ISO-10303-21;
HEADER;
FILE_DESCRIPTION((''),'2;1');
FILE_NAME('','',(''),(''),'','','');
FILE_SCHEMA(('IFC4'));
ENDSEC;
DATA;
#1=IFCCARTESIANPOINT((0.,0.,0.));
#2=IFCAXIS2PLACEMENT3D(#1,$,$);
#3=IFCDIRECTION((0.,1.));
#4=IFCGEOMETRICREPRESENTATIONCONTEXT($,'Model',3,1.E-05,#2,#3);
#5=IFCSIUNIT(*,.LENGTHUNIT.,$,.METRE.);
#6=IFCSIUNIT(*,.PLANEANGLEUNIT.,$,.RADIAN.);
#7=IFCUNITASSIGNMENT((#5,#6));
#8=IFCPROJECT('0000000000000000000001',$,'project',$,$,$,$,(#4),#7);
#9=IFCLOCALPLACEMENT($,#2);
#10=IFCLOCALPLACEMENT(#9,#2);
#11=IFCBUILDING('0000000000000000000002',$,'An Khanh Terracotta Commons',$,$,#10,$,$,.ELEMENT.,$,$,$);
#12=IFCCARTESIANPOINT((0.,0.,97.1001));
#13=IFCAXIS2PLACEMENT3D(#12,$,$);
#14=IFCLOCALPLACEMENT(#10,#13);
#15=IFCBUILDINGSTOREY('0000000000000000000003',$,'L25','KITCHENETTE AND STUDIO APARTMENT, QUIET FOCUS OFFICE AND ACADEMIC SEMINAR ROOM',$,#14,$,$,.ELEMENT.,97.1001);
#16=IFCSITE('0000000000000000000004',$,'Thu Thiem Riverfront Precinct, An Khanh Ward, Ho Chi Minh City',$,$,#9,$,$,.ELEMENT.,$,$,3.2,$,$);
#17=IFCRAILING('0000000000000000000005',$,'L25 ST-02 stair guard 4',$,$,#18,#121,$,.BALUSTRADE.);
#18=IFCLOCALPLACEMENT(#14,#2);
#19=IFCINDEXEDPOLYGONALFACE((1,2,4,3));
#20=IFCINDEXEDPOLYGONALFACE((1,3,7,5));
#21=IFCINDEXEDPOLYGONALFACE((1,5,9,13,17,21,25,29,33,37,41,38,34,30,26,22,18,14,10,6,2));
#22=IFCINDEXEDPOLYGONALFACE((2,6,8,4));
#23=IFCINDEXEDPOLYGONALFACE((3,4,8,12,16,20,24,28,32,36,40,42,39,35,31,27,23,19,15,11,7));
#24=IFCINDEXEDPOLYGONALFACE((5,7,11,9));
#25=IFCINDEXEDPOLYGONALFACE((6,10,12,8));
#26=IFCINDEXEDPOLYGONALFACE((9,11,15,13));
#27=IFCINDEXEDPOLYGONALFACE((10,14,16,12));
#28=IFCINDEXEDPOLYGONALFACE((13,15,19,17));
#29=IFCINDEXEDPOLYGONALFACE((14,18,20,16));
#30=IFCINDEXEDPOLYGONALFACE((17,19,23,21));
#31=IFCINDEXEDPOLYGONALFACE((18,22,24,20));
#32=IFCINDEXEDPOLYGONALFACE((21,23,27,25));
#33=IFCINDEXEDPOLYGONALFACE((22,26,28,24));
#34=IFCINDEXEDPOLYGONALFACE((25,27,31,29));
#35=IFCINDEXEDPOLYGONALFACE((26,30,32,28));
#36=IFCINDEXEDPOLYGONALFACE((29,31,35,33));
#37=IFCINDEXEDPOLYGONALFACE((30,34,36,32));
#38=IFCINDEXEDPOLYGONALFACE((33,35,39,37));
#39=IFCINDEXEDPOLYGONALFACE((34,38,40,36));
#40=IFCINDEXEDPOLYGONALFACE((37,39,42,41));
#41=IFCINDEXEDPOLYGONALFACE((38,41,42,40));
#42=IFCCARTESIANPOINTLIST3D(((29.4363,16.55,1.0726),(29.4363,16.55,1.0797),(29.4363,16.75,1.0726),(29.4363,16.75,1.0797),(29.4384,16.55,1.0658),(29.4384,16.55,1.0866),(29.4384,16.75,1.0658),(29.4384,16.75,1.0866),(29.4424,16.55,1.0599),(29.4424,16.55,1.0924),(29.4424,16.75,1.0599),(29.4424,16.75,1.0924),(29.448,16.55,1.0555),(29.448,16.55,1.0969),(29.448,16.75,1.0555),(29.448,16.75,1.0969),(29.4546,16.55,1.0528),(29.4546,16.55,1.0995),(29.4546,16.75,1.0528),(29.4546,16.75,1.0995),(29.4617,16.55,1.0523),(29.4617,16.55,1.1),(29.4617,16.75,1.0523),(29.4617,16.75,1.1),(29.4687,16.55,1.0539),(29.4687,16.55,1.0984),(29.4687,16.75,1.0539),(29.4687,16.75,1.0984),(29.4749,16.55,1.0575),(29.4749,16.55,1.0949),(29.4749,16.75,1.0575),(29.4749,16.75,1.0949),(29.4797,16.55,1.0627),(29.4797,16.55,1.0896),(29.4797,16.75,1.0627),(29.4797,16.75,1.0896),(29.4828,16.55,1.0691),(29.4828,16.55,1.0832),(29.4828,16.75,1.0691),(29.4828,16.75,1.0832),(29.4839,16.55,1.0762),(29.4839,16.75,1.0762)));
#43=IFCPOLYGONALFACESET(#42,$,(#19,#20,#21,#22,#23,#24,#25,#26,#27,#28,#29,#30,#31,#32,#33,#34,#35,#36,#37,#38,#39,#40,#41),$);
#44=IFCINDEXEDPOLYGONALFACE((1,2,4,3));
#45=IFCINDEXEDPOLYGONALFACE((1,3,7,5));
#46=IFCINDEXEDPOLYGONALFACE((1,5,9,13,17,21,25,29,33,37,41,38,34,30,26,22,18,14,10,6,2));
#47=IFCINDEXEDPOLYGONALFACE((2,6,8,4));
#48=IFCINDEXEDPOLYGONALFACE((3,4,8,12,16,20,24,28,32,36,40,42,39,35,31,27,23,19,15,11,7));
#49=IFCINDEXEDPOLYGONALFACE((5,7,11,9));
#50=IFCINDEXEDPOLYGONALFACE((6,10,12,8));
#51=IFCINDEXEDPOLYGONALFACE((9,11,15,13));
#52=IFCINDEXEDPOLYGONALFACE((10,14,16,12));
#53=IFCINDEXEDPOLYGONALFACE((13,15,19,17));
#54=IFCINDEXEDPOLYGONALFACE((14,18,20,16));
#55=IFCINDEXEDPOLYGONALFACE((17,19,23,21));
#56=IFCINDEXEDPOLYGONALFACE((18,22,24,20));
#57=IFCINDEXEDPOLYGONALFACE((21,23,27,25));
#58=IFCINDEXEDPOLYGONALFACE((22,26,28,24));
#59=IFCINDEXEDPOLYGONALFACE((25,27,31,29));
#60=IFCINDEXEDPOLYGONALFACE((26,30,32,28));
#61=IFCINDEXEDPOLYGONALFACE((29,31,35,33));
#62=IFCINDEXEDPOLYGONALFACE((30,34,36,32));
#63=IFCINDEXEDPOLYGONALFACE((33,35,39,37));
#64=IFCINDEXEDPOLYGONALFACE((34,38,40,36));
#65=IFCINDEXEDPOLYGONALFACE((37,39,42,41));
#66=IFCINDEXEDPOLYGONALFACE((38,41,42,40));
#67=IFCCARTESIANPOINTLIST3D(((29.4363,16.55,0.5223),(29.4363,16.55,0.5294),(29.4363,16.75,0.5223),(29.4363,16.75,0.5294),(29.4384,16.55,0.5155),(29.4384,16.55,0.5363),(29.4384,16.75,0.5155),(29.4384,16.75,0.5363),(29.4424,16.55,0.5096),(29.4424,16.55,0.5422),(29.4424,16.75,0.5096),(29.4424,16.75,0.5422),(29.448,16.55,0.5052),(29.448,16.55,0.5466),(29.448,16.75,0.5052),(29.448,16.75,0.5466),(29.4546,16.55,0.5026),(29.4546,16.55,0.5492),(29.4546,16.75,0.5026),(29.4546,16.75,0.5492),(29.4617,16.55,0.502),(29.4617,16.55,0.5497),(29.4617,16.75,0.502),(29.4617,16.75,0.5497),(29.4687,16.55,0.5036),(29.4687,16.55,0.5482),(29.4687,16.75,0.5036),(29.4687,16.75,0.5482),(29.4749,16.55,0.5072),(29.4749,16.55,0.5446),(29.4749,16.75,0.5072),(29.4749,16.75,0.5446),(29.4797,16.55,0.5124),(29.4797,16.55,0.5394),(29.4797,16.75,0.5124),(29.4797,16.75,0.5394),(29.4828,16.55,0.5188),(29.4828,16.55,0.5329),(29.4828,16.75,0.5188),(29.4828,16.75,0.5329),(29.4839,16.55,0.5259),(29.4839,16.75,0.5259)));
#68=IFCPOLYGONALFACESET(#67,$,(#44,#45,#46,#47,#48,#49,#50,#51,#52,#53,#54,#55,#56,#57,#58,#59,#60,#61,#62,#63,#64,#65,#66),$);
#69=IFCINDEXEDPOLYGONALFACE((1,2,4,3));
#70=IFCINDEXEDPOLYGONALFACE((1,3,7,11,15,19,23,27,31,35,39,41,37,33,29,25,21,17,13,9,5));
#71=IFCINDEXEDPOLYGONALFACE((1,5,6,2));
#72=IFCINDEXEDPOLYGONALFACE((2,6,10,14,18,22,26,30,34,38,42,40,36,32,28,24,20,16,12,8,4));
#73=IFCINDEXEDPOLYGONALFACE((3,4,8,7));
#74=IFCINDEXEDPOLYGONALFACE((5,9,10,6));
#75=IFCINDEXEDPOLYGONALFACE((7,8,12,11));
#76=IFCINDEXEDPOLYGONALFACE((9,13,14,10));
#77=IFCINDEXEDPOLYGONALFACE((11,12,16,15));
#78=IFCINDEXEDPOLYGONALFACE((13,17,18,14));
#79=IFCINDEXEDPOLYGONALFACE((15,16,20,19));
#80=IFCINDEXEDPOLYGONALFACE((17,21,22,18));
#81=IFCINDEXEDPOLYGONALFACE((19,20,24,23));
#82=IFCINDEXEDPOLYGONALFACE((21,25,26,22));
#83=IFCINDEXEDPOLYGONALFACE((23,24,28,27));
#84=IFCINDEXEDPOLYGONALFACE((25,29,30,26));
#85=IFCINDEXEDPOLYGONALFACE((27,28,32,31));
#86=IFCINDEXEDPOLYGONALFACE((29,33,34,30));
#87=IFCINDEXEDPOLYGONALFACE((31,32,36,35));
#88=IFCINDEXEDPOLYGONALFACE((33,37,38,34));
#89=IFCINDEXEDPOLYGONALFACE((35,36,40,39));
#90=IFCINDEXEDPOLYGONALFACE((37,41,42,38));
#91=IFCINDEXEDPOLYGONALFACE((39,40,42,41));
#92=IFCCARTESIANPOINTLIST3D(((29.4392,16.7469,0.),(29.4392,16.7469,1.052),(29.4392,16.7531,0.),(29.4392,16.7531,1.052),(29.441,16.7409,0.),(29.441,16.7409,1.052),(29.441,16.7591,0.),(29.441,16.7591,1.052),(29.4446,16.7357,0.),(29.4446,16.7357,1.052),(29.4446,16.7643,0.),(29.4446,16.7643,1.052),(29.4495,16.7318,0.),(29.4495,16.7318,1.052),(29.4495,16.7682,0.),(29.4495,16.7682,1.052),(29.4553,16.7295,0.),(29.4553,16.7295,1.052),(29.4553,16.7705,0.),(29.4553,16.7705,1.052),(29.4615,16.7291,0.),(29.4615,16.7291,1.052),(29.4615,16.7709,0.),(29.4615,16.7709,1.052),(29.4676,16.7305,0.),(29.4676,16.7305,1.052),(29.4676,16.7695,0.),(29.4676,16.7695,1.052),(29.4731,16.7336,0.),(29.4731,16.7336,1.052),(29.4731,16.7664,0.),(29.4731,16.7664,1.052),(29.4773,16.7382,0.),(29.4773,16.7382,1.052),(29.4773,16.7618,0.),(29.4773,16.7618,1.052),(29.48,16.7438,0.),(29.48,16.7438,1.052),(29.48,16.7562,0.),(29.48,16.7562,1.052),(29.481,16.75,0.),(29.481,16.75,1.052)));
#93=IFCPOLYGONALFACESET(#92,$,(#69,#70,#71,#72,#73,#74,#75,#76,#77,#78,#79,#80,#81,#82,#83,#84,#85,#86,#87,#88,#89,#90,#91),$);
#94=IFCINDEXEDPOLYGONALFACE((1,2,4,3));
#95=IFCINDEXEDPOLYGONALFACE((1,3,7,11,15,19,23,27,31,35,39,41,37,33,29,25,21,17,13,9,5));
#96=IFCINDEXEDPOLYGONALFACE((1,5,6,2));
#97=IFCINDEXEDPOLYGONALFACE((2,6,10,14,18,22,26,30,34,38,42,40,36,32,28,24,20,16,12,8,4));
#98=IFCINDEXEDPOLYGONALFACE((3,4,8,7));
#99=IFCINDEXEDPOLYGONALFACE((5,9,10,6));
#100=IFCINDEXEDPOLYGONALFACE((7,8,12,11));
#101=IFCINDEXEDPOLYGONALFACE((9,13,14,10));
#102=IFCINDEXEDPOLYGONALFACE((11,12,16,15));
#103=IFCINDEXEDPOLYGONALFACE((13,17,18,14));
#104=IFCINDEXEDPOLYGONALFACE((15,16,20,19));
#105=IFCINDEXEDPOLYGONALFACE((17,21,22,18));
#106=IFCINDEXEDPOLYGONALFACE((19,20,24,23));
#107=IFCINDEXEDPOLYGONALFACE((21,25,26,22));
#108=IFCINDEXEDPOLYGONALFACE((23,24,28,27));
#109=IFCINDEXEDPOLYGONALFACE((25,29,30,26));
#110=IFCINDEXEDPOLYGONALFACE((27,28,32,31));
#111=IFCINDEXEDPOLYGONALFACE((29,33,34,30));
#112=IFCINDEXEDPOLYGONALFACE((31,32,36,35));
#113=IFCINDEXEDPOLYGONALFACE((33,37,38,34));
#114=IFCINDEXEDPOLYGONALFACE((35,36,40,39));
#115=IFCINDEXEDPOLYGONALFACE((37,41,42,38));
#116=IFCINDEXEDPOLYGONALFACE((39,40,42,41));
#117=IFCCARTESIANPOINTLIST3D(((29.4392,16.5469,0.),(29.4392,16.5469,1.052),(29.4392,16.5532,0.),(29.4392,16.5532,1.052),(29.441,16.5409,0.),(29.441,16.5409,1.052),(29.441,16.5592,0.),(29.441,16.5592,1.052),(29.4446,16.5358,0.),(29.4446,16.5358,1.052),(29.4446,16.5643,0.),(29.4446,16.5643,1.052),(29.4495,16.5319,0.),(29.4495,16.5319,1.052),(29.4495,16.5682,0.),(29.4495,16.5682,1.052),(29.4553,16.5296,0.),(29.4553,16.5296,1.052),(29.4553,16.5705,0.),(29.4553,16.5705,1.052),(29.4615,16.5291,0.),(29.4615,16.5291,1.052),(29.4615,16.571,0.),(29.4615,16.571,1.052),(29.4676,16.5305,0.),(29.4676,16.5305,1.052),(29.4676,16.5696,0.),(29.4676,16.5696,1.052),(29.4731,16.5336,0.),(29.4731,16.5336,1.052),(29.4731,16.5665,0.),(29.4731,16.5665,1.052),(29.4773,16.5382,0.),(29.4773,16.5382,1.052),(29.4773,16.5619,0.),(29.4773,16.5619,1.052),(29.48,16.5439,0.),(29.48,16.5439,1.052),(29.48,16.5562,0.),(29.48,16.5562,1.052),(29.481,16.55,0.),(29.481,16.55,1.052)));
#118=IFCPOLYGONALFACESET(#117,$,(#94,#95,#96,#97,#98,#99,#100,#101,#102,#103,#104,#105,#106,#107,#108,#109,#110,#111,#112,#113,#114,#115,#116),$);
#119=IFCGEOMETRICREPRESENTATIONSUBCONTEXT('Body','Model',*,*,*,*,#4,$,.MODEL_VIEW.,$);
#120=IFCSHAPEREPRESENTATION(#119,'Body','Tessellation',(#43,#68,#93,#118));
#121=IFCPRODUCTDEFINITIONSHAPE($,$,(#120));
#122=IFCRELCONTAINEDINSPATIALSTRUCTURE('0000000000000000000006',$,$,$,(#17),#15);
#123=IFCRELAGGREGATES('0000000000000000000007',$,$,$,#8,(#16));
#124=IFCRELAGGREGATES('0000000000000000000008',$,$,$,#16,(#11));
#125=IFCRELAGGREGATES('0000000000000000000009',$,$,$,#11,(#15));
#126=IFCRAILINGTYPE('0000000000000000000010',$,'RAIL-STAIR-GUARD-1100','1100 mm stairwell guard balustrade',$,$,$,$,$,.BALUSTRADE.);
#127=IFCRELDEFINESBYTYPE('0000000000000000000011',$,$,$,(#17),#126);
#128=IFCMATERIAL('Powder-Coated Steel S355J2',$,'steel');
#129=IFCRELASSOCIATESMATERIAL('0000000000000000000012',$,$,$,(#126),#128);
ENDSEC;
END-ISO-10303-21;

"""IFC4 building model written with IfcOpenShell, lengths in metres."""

from ifc_helpers import new_model, si_unit, direction, frame, origin, origin_2d, place, context, subcontext, project, spatial, circle, extrude, material, type_object, element, save


model = new_model("IFC4")

# Units and contexts
model_context = context("Model", 3, precision=1e-05, world=origin(), true_north=direction((0.0, 1.0)))
body_context = subcontext(model_context, "Body", "Model", "MODEL_VIEW")
ifc_project = project(units=[si_unit("LENGTHUNIT", "METRE"), si_unit("PLANEANGLEUNIT", "RADIAN")], contexts=[model_context])

# Site, building, storey
site_placement = place(None, origin())
site = spatial("IfcSite", under=ifc_project, at=site_placement, Name="Thu Thiem Riverfront Precinct, An Khanh Ward, Ho Chi Minh City", CompositionType="ELEMENT", RefElevation=3.2)
building_placement = place(site_placement, origin())
building = spatial("IfcBuilding", under=site, at=building_placement, Name="An Khanh Terracotta Commons", CompositionType="ELEMENT")
storey_placement = place(building_placement, frame((0.0, 0.0, 97.1001)))
storey = spatial("IfcBuildingStorey", under=building, at=storey_placement, Name="L25", Description="KITCHENETTE AND STUDIO APARTMENT, QUIET FOCUS OFFICE AND ACADEMIC SEMINAR ROOM", CompositionType="ELEMENT", Elevation=97.1001)

# Railing
ifc_material_1 = material(Name="Powder-Coated Steel S355J2", Category="steel")
railing_type_1 = type_object("IfcRailingType", Name="RAIL-STAIR-GUARD-1100", Description="1100 mm stairwell guard balustrade", PredefinedType="BALUSTRADE", material=ifc_material_1)
railing_1_placement = place(storey_placement, frame((29.46, 16.75, 0.0)))
element("IfcRailing", 1, at=railing_1_placement, inside=storey, type_object=railing_type_1, Name="L25 ST-02 stair guard 4", PredefinedType="BALUSTRADE", context=body_context, shape_type="SweptSolid", body=[
    extrude(circle(Radius=0.0239, at=origin_2d()), frame((0.0, 0.0, 1.0762), z_axis=(0.0, -1.0, 0.0), x_axis=(1.0, 0.0, 0.0)), (0.0, 0.0, 1.0), 0.2),
    extrude(circle(Radius=0.0239, at=origin_2d()), frame((0.0, 0.0, 0.5259), z_axis=(0.0, -1.0, 0.0), x_axis=(1.0, 0.0, 0.0)), (0.0, 0.0, 1.0), 0.2),
    extrude(circle(Radius=0.021, at=origin_2d()), origin(), (0.0, 0.0, 1.0), 1.052),
    extrude(circle(Radius=0.021, at=origin_2d()), frame((0.0, -0.2, 0.0)), (0.0, 0.0, 1.0), 1.052),
])

save(model, "model.ifc")
